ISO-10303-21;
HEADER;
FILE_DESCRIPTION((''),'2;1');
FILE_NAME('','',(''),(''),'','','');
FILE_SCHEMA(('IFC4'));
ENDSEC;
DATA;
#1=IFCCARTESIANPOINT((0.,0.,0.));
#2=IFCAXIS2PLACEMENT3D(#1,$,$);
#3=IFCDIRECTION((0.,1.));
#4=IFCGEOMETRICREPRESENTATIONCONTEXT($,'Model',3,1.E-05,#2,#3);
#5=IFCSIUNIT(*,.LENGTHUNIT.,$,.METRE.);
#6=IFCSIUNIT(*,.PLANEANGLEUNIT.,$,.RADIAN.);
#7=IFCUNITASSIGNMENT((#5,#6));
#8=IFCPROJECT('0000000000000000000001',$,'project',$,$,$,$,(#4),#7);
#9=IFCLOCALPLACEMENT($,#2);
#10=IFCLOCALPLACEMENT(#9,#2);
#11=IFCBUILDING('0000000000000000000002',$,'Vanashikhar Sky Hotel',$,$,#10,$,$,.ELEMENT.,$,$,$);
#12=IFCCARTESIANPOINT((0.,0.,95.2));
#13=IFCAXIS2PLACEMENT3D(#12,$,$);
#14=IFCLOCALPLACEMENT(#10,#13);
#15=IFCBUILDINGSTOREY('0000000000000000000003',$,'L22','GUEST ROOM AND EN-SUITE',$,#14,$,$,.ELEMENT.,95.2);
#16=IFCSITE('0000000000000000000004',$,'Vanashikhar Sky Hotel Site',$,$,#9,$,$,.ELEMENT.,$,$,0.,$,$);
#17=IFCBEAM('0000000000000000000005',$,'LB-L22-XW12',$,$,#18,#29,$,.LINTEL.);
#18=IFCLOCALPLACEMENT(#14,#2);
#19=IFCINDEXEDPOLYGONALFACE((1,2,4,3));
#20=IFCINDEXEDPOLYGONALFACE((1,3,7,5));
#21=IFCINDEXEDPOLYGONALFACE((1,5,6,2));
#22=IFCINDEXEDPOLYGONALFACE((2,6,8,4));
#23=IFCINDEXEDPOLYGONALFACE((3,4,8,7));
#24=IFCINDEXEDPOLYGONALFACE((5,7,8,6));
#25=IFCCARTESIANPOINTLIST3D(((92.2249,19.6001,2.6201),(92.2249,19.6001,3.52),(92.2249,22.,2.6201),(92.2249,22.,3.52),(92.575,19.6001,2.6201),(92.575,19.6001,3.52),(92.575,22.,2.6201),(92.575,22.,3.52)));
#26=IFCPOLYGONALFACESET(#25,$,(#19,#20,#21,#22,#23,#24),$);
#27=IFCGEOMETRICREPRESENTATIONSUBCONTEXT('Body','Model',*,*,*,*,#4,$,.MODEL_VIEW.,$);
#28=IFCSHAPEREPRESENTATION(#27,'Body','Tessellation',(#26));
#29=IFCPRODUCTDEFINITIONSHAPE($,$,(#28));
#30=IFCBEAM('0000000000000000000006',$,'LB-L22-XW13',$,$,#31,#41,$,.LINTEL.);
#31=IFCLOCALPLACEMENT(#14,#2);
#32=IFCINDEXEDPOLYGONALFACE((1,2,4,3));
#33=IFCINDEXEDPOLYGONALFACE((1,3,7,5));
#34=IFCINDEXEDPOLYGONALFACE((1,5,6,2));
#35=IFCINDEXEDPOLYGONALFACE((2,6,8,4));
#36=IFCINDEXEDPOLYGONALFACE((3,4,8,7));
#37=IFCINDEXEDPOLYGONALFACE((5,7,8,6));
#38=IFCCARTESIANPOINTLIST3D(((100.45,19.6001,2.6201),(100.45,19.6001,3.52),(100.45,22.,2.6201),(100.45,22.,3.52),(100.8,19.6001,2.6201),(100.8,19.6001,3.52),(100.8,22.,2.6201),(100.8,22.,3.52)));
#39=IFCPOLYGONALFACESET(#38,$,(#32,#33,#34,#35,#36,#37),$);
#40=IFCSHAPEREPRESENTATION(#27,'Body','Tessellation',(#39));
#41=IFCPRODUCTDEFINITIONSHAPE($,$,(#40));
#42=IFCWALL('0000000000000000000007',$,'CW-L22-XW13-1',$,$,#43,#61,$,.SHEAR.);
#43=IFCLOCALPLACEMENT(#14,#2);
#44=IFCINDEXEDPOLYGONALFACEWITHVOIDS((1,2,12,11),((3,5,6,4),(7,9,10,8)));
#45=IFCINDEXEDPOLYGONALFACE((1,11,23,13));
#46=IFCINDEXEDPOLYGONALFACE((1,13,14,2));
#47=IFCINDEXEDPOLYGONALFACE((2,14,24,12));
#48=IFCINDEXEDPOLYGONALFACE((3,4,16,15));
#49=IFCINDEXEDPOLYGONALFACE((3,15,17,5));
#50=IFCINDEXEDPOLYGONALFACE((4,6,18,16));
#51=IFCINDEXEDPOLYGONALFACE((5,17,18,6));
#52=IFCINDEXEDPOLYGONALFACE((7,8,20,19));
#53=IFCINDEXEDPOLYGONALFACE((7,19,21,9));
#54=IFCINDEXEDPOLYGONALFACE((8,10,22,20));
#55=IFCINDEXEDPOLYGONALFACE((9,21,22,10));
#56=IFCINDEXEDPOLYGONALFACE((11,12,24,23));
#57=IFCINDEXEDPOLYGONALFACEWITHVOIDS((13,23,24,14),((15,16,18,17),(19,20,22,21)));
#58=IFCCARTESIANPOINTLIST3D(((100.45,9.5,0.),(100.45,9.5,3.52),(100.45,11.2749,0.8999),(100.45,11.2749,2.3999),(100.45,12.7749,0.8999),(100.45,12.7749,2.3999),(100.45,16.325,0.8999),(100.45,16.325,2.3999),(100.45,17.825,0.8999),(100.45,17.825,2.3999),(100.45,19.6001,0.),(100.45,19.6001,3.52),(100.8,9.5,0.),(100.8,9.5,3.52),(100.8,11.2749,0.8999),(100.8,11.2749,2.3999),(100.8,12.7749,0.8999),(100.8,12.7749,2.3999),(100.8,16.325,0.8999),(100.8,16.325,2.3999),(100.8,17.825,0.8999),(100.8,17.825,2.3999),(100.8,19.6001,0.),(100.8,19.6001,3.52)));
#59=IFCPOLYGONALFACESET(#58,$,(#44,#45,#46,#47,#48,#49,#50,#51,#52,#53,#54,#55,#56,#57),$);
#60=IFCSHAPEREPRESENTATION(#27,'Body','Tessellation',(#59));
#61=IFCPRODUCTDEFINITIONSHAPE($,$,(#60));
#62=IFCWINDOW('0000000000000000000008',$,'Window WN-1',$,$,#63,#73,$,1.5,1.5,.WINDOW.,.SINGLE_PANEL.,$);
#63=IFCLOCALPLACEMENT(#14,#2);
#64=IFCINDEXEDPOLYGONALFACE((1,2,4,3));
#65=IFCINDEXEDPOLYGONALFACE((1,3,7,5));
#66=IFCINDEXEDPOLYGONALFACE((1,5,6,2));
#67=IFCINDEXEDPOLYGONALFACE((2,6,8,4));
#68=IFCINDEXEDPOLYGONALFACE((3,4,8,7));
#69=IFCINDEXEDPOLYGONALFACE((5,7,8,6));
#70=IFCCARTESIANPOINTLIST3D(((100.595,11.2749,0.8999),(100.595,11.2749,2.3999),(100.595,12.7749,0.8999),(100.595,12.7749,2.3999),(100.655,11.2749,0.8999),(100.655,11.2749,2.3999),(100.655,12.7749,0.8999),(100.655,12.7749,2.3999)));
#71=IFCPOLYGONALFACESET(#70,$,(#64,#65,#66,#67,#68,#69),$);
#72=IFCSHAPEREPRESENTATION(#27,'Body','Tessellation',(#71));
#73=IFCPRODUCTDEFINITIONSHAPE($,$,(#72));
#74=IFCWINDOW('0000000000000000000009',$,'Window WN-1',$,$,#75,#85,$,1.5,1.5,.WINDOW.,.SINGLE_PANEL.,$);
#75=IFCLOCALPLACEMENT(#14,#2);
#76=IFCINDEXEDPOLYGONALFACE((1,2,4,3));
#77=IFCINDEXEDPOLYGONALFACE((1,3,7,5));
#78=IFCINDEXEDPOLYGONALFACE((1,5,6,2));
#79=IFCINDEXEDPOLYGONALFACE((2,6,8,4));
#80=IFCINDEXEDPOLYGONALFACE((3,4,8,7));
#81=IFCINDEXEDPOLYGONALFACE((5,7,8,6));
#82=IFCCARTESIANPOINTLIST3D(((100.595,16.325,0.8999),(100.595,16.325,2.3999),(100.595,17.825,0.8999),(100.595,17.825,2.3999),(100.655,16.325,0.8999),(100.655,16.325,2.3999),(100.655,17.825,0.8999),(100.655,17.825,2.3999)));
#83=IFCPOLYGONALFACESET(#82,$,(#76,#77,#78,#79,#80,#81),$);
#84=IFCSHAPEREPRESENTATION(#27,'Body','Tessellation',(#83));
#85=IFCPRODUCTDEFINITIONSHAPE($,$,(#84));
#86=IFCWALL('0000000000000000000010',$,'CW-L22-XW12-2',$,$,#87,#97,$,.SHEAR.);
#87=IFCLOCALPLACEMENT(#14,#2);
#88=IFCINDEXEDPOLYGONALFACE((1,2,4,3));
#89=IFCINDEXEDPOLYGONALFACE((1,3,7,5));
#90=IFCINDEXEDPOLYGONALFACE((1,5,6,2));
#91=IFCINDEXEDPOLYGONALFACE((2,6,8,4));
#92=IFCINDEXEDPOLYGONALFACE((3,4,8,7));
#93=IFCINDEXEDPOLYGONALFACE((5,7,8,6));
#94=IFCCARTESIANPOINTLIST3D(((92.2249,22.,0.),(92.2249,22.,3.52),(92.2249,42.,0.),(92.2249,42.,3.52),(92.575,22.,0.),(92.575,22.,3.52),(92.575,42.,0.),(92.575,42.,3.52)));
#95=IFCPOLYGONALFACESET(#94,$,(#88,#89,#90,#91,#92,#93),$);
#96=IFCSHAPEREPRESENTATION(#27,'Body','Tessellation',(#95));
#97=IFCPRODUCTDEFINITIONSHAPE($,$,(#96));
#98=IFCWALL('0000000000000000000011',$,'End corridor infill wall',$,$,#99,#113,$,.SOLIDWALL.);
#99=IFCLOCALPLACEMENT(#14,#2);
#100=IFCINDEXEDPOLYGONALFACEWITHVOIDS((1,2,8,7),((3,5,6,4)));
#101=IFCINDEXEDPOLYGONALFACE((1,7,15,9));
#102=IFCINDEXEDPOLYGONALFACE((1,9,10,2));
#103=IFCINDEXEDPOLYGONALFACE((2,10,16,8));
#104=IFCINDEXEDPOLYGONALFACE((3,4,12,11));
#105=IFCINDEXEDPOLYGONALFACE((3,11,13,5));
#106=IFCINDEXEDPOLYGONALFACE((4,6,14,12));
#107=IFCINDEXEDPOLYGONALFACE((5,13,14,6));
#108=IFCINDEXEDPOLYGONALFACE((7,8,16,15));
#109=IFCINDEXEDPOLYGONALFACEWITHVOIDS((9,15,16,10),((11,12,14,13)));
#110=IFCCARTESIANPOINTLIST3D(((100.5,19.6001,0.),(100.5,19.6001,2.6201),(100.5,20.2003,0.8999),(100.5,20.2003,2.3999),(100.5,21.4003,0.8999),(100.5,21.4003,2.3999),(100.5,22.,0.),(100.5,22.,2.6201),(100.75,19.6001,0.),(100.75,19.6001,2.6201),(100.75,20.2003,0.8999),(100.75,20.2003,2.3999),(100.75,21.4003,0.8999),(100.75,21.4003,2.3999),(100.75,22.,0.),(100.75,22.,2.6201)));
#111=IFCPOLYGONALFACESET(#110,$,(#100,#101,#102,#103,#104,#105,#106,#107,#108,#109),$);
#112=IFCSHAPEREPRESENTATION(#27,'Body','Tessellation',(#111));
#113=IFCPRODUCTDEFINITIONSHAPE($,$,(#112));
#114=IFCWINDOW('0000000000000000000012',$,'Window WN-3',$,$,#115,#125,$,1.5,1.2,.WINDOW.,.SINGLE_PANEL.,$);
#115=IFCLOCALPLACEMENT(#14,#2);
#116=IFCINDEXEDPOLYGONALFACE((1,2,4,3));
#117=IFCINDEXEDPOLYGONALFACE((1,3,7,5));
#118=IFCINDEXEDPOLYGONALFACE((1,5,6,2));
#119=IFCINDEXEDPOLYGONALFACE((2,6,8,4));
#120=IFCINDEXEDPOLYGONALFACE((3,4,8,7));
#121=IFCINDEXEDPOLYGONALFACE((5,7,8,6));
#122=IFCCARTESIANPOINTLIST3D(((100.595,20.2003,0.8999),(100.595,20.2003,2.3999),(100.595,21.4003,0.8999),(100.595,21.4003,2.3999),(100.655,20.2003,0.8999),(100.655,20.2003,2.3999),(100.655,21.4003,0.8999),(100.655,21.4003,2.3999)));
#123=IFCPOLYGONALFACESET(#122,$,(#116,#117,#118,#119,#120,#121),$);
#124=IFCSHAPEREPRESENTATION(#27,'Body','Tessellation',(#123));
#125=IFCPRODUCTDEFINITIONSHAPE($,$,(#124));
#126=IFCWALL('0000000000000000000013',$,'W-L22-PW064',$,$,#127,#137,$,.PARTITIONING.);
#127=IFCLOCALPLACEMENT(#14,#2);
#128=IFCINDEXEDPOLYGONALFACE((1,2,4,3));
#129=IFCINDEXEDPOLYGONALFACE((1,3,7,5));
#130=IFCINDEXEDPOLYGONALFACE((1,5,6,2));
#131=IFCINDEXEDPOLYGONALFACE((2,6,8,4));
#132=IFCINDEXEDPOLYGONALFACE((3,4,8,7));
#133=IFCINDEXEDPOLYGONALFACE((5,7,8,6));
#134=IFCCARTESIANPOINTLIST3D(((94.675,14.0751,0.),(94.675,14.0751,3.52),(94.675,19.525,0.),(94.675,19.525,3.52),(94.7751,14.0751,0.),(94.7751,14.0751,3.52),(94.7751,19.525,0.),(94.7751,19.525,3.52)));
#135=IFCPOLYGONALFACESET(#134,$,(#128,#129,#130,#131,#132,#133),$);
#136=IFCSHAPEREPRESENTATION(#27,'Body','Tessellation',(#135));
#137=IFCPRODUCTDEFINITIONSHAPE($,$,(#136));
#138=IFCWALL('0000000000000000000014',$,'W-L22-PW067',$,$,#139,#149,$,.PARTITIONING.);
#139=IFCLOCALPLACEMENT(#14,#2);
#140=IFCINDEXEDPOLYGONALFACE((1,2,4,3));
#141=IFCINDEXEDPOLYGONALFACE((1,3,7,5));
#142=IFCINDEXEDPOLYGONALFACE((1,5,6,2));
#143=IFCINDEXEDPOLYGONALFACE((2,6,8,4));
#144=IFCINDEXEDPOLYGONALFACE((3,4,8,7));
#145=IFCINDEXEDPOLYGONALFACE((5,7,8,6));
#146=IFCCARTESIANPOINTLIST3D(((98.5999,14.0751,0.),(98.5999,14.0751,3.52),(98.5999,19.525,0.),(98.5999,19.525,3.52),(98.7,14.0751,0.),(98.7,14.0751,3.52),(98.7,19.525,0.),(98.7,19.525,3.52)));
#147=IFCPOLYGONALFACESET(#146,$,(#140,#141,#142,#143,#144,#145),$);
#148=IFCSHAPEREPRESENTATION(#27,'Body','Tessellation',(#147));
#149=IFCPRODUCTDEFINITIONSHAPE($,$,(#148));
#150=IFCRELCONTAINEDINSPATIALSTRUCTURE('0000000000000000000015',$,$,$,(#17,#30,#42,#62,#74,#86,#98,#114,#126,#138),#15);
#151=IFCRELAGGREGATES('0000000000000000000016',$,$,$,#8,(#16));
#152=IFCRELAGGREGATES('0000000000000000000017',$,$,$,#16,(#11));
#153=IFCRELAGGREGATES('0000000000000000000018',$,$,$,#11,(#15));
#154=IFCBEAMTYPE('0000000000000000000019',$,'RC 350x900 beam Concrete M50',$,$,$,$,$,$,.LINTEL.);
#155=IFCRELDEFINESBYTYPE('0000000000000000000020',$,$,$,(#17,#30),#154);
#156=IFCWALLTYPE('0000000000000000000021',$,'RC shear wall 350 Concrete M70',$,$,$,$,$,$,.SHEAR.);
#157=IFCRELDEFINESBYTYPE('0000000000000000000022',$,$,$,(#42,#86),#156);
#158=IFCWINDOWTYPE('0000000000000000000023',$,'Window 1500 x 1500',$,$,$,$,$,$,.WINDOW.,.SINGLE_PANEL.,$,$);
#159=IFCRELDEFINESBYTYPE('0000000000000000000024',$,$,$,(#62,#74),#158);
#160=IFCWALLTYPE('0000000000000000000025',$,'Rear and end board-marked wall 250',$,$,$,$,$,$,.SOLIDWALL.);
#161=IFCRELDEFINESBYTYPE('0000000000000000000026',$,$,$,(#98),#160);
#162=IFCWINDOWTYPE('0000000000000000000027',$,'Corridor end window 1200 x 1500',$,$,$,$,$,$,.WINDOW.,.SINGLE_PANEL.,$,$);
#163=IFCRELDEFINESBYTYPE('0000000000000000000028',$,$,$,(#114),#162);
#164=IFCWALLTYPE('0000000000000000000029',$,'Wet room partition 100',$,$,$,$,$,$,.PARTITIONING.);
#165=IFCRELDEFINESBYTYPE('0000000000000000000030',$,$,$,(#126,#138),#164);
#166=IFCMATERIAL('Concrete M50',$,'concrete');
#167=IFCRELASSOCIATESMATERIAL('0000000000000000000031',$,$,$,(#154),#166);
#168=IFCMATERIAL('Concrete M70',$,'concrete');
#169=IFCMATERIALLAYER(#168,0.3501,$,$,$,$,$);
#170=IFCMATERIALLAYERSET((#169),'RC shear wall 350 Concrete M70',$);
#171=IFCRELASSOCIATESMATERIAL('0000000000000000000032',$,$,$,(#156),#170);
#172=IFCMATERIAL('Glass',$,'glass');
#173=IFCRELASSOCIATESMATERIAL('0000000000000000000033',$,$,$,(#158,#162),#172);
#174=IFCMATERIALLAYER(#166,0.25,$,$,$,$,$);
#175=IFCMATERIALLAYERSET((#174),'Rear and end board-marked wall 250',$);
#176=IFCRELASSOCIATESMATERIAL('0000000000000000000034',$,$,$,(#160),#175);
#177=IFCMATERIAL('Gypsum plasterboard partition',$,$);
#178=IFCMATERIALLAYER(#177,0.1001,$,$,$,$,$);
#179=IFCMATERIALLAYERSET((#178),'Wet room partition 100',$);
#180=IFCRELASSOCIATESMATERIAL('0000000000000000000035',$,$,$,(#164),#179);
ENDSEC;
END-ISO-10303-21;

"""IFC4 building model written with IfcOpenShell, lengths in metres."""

from ifc_helpers import new_model, si_unit, direction, frame, frame_2d, origin, origin_2d, place, context, subcontext, project, spatial, rectangle, extrude, source, transform, mapped, material, layer, layer_set, material_profile, profile_set, type_object, element, fill, save


model = new_model("IFC4")

# Units and contexts
model_context = context("Model", 3, precision=1e-05, world=origin(), true_north=direction((0.0, 1.0)))
body_context = subcontext(model_context, "Body", "Model", "MODEL_VIEW")
ifc_project = project(units=[si_unit("LENGTHUNIT", "METRE"), si_unit("PLANEANGLEUNIT", "RADIAN")], contexts=[model_context])

# Site, building, storey
site_placement = place(None, origin())
site = spatial("IfcSite", under=ifc_project, at=site_placement, Name="Vanashikhar Sky Hotel Site", CompositionType="ELEMENT", RefElevation=0.0)
building_placement = place(site_placement, origin())
building = spatial("IfcBuilding", under=site, at=building_placement, Name="Vanashikhar Sky Hotel", CompositionType="ELEMENT")
storey_placement = place(building_placement, frame((0.0, 0.0, 95.2)))
storey = spatial("IfcBuildingStorey", under=building, at=storey_placement, Name="L22", Description="GUEST ROOM AND EN-SUITE", CompositionType="ELEMENT", Elevation=95.2)

# Beams
ifc_material_1 = material(Name="Concrete M50", Category="concrete")
ifc_material_profile = material_profile(ifc_material_1, rectangle(XDim=0.3501, YDim=0.8999, at=origin_2d()))
ifc_profile_set = profile_set([ifc_material_profile], Name="RC 350x900 beam Concrete M50")
beam_type = type_object("IfcBeamType", Name="RC 350x900 beam Concrete M50", PredefinedType="LINTEL", material=ifc_profile_set)
shared_shape_1 = source(origin(), body_context, "Body", "SweptSolid", [
    extrude(rectangle(XDim=0.3501, YDim=0.8999, at=origin_2d()), origin(), (0.0, 0.0, 1.0), 2.3999),
])
for number, where, z_axis, x_axis, name in (
    (1, (92.3999, 19.6001, 3.0701), (0.0, 1.0, 0.0), (-1.0, 0.0, 0.0), "LB-L22-XW12"),
    (2, (100.625, 19.6001, 3.0701), (0.0, 1.0, 0.0), (-1.0, 0.0, 0.0), "LB-L22-XW13"),
):
    element("IfcBeam", number, at=place(storey_placement, frame(where, z_axis=z_axis, x_axis=x_axis)), inside=storey, type_object=beam_type, Name=name, PredefinedType="LINTEL", context=body_context, shape_type="MappedRepresentation", body=[
        mapped(shared_shape_1, transform((0.0, 0.0, 0.0), scale=1.0)),
    ])

# Wall, openings, windows
ifc_material_2 = material(Name="Concrete M70", Category="concrete")
ifc_layer_1 = layer(ifc_material_2, 0.3501)
ifc_layer_set_1 = layer_set([ifc_layer_1], Name="RC shear wall 350 Concrete M70")
wall_type_1 = type_object("IfcWallType", Name="RC shear wall 350 Concrete M70", PredefinedType="SHEAR", material=ifc_layer_set_1)
shared_shape_2 = source(origin(), body_context, "Body", "SweptSolid", [
    extrude(rectangle(XDim=10.1001, YDim=0.3501, at=frame_2d((5.05, 0.0))), origin(), (0.0, 0.0, 1.0), 3.52),
])
wall_1_placement = place(storey_placement, frame((100.625, 9.5, 0.0), z_axis=(0.0, 0.0, 1.0), x_axis=(0.0, 1.0, 0.0)))
wall_1 = element("IfcWall", 3, at=wall_1_placement, inside=storey, type_object=wall_type_1, Name="CW-L22-XW13-1", PredefinedType="SHEAR", context=body_context, shape_type="MappedRepresentation", body=[
    mapped(shared_shape_2, transform((0.0, 0.0, 0.0), scale=1.0)),
])
shared_shape_3 = source(origin(), body_context, "Body", "SweptSolid", [
    extrude(rectangle(XDim=1.5, YDim=1.5, at=frame_2d((0.75, 0.75))), frame((0.0, 0.1851, 0.0), z_axis=(0.0, -1.0, 0.0), x_axis=(1.0, 0.0, 0.0)), (0.0, 0.0, 1.0), 0.3701),
])
opening_1_placement = place(wall_1_placement, frame((1.7749, 0.0, 0.8999)))
opening_1 = element("IfcOpeningElement", 4, at=opening_1_placement, cuts=wall_1, PredefinedType="OPENING", context=body_context, shape_type="MappedRepresentation", body=[
    mapped(shared_shape_3, transform((0.0, 0.0, 0.0), scale=1.0)),
])
opening_2_placement = place(wall_1_placement, frame((6.825, 0.0, 0.8999)))
opening_2 = element("IfcOpeningElement", 5, at=opening_2_placement, cuts=wall_1, PredefinedType="OPENING", context=body_context, shape_type="MappedRepresentation", body=[
    mapped(shared_shape_3, transform((0.0, 0.0, 0.0), scale=1.0)),
])
ifc_material_3 = material(Name="Glass", Category="glass")
window_type_1 = type_object("IfcWindowType", Name="Window 1500 x 1500", PartitioningType="SINGLE_PANEL", PredefinedType="WINDOW", material=ifc_material_3)
shared_shape_4 = source(origin(), body_context, "Body", "SweptSolid", [
    extrude(rectangle(XDim=1.5, YDim=1.5, at=frame_2d((0.75, 0.75))), frame((0.0, 0.03, 0.0), z_axis=(0.0, -1.0, 0.0), x_axis=(1.0, 0.0, 0.0)), (0.0, 0.0, 1.0), 0.0601),
])
window_1_placement = place(opening_1_placement, origin())
window_1 = element("IfcWindow", 6, at=window_1_placement, inside=storey, type_object=window_type_1, Name="Window WN-1", OverallHeight=1.5, OverallWidth=1.5, PartitioningType="SINGLE_PANEL", PredefinedType="WINDOW", context=body_context, shape_type="MappedRepresentation", body=[
    mapped(shared_shape_4, transform((0.0, 0.0, 0.0), scale=1.0)),
])
fill(opening_1, window_1)
window_2_placement = place(opening_2_placement, origin())
window_2 = element("IfcWindow", 7, at=window_2_placement, inside=storey, type_object=window_type_1, Name="Window WN-1", OverallHeight=1.5, OverallWidth=1.5, PartitioningType="SINGLE_PANEL", PredefinedType="WINDOW", context=body_context, shape_type="MappedRepresentation", body=[
    mapped(shared_shape_4, transform((0.0, 0.0, 0.0), scale=1.0)),
])
fill(opening_2, window_2)

# Wall
shared_shape_5 = source(origin(), body_context, "Body", "SweptSolid", [
    extrude(rectangle(XDim=20.0, YDim=0.3501, at=frame_2d((10.0, 0.0))), origin(), (0.0, 0.0, 1.0), 3.52),
])
wall_2_placement = place(storey_placement, frame((92.3999, 22.0, 0.0), z_axis=(0.0, 0.0, 1.0), x_axis=(0.0, 1.0, 0.0)))
element("IfcWall", 8, at=wall_2_placement, inside=storey, type_object=wall_type_1, Name="CW-L22-XW12-2", PredefinedType="SHEAR", context=body_context, shape_type="MappedRepresentation", body=[
    mapped(shared_shape_5, transform((0.0, 0.0, 0.0), scale=1.0)),
])

# Wall, opening, window
ifc_layer_2 = layer(ifc_material_1, 0.25)
ifc_layer_set_2 = layer_set([ifc_layer_2], Name="Rear and end board-marked wall 250")
wall_type_2 = type_object("IfcWallType", Name="Rear and end board-marked wall 250", PredefinedType="SOLIDWALL", material=ifc_layer_set_2)
shared_shape_6 = source(origin(), body_context, "Body", "SweptSolid", [
    extrude(rectangle(XDim=2.3999, YDim=0.25, at=frame_2d((1.2, 0.0))), origin(), (0.0, 0.0, 1.0), 2.6201),
])
wall_3_placement = place(storey_placement, frame((100.625, 19.6001, 0.0), z_axis=(0.0, 0.0, 1.0), x_axis=(0.0, 1.0, 0.0)))
wall_3 = element("IfcWall", 9, at=wall_3_placement, inside=storey, type_object=wall_type_2, Name="End corridor infill wall", PredefinedType="SOLIDWALL", context=body_context, shape_type="MappedRepresentation", body=[
    mapped(shared_shape_6, transform((0.0, 0.0, 0.0), scale=1.0)),
])
shared_shape_7 = source(origin(), body_context, "Body", "SweptSolid", [
    extrude(rectangle(XDim=1.2, YDim=1.5, at=frame_2d((0.6001, 0.75))), frame((0.0, 0.135, 0.0), z_axis=(0.0, -1.0, 0.0), x_axis=(1.0, 0.0, 0.0)), (0.0, 0.0, 1.0), 0.27),
])
opening_3_placement = place(wall_3_placement, frame((0.6001, 0.0, 0.8999)))
opening_3 = element("IfcOpeningElement", 10, at=opening_3_placement, cuts=wall_3, PredefinedType="OPENING", context=body_context, shape_type="MappedRepresentation", body=[
    mapped(shared_shape_7, transform((0.0, 0.0, 0.0), scale=1.0)),
])
window_type_2 = type_object("IfcWindowType", Name="Corridor end window 1200 x 1500", PartitioningType="SINGLE_PANEL", PredefinedType="WINDOW", material=ifc_material_3)
shared_shape_8 = source(origin(), body_context, "Body", "SweptSolid", [
    extrude(rectangle(XDim=1.2, YDim=1.5, at=frame_2d((0.6001, 0.75))), frame((0.0, 0.03, 0.0), z_axis=(0.0, -1.0, 0.0), x_axis=(1.0, 0.0, 0.0)), (0.0, 0.0, 1.0), 0.0601),
])
window_3_placement = place(opening_3_placement, origin())
window_3 = element("IfcWindow", 11, at=window_3_placement, inside=storey, type_object=window_type_2, Name="Window WN-3", OverallHeight=1.5, OverallWidth=1.2, PartitioningType="SINGLE_PANEL", PredefinedType="WINDOW", context=body_context, shape_type="MappedRepresentation", body=[
    mapped(shared_shape_8, transform((0.0, 0.0, 0.0), scale=1.0)),
])
fill(opening_3, window_3)

# Walls
ifc_material_4 = material(Name="Gypsum plasterboard partition")
ifc_layer_3 = layer(ifc_material_4, 0.1001)
ifc_layer_set_3 = layer_set([ifc_layer_3], Name="Wet room partition 100")
wall_type_3 = type_object("IfcWallType", Name="Wet room partition 100", PredefinedType="PARTITIONING", material=ifc_layer_set_3)
shared_shape_9 = source(origin(), body_context, "Body", "SweptSolid", [
    extrude(rectangle(XDim=5.45, YDim=0.1001, at=frame_2d((2.7251, 0.0))), origin(), (0.0, 0.0, 1.0), 3.52),
])
for number, where, z_axis, x_axis, name in (
    (12, (94.7251, 14.075, 0.0), (0.0, 0.0, 1.0), (0.0, 1.0, 0.0), "W-L22-PW064"),
    (13, (98.6499, 14.075, 0.0), (0.0, 0.0, 1.0), (0.0, 1.0, 0.0), "W-L22-PW067"),
):
    element("IfcWall", number, at=place(storey_placement, frame(where, z_axis=z_axis, x_axis=x_axis)), inside=storey, type_object=wall_type_3, Name=name, PredefinedType="PARTITIONING", context=body_context, shape_type="MappedRepresentation", body=[
        mapped(shared_shape_9, transform((0.0, 0.0, 0.0), scale=1.0)),
    ])

save(model, "model.ifc")
